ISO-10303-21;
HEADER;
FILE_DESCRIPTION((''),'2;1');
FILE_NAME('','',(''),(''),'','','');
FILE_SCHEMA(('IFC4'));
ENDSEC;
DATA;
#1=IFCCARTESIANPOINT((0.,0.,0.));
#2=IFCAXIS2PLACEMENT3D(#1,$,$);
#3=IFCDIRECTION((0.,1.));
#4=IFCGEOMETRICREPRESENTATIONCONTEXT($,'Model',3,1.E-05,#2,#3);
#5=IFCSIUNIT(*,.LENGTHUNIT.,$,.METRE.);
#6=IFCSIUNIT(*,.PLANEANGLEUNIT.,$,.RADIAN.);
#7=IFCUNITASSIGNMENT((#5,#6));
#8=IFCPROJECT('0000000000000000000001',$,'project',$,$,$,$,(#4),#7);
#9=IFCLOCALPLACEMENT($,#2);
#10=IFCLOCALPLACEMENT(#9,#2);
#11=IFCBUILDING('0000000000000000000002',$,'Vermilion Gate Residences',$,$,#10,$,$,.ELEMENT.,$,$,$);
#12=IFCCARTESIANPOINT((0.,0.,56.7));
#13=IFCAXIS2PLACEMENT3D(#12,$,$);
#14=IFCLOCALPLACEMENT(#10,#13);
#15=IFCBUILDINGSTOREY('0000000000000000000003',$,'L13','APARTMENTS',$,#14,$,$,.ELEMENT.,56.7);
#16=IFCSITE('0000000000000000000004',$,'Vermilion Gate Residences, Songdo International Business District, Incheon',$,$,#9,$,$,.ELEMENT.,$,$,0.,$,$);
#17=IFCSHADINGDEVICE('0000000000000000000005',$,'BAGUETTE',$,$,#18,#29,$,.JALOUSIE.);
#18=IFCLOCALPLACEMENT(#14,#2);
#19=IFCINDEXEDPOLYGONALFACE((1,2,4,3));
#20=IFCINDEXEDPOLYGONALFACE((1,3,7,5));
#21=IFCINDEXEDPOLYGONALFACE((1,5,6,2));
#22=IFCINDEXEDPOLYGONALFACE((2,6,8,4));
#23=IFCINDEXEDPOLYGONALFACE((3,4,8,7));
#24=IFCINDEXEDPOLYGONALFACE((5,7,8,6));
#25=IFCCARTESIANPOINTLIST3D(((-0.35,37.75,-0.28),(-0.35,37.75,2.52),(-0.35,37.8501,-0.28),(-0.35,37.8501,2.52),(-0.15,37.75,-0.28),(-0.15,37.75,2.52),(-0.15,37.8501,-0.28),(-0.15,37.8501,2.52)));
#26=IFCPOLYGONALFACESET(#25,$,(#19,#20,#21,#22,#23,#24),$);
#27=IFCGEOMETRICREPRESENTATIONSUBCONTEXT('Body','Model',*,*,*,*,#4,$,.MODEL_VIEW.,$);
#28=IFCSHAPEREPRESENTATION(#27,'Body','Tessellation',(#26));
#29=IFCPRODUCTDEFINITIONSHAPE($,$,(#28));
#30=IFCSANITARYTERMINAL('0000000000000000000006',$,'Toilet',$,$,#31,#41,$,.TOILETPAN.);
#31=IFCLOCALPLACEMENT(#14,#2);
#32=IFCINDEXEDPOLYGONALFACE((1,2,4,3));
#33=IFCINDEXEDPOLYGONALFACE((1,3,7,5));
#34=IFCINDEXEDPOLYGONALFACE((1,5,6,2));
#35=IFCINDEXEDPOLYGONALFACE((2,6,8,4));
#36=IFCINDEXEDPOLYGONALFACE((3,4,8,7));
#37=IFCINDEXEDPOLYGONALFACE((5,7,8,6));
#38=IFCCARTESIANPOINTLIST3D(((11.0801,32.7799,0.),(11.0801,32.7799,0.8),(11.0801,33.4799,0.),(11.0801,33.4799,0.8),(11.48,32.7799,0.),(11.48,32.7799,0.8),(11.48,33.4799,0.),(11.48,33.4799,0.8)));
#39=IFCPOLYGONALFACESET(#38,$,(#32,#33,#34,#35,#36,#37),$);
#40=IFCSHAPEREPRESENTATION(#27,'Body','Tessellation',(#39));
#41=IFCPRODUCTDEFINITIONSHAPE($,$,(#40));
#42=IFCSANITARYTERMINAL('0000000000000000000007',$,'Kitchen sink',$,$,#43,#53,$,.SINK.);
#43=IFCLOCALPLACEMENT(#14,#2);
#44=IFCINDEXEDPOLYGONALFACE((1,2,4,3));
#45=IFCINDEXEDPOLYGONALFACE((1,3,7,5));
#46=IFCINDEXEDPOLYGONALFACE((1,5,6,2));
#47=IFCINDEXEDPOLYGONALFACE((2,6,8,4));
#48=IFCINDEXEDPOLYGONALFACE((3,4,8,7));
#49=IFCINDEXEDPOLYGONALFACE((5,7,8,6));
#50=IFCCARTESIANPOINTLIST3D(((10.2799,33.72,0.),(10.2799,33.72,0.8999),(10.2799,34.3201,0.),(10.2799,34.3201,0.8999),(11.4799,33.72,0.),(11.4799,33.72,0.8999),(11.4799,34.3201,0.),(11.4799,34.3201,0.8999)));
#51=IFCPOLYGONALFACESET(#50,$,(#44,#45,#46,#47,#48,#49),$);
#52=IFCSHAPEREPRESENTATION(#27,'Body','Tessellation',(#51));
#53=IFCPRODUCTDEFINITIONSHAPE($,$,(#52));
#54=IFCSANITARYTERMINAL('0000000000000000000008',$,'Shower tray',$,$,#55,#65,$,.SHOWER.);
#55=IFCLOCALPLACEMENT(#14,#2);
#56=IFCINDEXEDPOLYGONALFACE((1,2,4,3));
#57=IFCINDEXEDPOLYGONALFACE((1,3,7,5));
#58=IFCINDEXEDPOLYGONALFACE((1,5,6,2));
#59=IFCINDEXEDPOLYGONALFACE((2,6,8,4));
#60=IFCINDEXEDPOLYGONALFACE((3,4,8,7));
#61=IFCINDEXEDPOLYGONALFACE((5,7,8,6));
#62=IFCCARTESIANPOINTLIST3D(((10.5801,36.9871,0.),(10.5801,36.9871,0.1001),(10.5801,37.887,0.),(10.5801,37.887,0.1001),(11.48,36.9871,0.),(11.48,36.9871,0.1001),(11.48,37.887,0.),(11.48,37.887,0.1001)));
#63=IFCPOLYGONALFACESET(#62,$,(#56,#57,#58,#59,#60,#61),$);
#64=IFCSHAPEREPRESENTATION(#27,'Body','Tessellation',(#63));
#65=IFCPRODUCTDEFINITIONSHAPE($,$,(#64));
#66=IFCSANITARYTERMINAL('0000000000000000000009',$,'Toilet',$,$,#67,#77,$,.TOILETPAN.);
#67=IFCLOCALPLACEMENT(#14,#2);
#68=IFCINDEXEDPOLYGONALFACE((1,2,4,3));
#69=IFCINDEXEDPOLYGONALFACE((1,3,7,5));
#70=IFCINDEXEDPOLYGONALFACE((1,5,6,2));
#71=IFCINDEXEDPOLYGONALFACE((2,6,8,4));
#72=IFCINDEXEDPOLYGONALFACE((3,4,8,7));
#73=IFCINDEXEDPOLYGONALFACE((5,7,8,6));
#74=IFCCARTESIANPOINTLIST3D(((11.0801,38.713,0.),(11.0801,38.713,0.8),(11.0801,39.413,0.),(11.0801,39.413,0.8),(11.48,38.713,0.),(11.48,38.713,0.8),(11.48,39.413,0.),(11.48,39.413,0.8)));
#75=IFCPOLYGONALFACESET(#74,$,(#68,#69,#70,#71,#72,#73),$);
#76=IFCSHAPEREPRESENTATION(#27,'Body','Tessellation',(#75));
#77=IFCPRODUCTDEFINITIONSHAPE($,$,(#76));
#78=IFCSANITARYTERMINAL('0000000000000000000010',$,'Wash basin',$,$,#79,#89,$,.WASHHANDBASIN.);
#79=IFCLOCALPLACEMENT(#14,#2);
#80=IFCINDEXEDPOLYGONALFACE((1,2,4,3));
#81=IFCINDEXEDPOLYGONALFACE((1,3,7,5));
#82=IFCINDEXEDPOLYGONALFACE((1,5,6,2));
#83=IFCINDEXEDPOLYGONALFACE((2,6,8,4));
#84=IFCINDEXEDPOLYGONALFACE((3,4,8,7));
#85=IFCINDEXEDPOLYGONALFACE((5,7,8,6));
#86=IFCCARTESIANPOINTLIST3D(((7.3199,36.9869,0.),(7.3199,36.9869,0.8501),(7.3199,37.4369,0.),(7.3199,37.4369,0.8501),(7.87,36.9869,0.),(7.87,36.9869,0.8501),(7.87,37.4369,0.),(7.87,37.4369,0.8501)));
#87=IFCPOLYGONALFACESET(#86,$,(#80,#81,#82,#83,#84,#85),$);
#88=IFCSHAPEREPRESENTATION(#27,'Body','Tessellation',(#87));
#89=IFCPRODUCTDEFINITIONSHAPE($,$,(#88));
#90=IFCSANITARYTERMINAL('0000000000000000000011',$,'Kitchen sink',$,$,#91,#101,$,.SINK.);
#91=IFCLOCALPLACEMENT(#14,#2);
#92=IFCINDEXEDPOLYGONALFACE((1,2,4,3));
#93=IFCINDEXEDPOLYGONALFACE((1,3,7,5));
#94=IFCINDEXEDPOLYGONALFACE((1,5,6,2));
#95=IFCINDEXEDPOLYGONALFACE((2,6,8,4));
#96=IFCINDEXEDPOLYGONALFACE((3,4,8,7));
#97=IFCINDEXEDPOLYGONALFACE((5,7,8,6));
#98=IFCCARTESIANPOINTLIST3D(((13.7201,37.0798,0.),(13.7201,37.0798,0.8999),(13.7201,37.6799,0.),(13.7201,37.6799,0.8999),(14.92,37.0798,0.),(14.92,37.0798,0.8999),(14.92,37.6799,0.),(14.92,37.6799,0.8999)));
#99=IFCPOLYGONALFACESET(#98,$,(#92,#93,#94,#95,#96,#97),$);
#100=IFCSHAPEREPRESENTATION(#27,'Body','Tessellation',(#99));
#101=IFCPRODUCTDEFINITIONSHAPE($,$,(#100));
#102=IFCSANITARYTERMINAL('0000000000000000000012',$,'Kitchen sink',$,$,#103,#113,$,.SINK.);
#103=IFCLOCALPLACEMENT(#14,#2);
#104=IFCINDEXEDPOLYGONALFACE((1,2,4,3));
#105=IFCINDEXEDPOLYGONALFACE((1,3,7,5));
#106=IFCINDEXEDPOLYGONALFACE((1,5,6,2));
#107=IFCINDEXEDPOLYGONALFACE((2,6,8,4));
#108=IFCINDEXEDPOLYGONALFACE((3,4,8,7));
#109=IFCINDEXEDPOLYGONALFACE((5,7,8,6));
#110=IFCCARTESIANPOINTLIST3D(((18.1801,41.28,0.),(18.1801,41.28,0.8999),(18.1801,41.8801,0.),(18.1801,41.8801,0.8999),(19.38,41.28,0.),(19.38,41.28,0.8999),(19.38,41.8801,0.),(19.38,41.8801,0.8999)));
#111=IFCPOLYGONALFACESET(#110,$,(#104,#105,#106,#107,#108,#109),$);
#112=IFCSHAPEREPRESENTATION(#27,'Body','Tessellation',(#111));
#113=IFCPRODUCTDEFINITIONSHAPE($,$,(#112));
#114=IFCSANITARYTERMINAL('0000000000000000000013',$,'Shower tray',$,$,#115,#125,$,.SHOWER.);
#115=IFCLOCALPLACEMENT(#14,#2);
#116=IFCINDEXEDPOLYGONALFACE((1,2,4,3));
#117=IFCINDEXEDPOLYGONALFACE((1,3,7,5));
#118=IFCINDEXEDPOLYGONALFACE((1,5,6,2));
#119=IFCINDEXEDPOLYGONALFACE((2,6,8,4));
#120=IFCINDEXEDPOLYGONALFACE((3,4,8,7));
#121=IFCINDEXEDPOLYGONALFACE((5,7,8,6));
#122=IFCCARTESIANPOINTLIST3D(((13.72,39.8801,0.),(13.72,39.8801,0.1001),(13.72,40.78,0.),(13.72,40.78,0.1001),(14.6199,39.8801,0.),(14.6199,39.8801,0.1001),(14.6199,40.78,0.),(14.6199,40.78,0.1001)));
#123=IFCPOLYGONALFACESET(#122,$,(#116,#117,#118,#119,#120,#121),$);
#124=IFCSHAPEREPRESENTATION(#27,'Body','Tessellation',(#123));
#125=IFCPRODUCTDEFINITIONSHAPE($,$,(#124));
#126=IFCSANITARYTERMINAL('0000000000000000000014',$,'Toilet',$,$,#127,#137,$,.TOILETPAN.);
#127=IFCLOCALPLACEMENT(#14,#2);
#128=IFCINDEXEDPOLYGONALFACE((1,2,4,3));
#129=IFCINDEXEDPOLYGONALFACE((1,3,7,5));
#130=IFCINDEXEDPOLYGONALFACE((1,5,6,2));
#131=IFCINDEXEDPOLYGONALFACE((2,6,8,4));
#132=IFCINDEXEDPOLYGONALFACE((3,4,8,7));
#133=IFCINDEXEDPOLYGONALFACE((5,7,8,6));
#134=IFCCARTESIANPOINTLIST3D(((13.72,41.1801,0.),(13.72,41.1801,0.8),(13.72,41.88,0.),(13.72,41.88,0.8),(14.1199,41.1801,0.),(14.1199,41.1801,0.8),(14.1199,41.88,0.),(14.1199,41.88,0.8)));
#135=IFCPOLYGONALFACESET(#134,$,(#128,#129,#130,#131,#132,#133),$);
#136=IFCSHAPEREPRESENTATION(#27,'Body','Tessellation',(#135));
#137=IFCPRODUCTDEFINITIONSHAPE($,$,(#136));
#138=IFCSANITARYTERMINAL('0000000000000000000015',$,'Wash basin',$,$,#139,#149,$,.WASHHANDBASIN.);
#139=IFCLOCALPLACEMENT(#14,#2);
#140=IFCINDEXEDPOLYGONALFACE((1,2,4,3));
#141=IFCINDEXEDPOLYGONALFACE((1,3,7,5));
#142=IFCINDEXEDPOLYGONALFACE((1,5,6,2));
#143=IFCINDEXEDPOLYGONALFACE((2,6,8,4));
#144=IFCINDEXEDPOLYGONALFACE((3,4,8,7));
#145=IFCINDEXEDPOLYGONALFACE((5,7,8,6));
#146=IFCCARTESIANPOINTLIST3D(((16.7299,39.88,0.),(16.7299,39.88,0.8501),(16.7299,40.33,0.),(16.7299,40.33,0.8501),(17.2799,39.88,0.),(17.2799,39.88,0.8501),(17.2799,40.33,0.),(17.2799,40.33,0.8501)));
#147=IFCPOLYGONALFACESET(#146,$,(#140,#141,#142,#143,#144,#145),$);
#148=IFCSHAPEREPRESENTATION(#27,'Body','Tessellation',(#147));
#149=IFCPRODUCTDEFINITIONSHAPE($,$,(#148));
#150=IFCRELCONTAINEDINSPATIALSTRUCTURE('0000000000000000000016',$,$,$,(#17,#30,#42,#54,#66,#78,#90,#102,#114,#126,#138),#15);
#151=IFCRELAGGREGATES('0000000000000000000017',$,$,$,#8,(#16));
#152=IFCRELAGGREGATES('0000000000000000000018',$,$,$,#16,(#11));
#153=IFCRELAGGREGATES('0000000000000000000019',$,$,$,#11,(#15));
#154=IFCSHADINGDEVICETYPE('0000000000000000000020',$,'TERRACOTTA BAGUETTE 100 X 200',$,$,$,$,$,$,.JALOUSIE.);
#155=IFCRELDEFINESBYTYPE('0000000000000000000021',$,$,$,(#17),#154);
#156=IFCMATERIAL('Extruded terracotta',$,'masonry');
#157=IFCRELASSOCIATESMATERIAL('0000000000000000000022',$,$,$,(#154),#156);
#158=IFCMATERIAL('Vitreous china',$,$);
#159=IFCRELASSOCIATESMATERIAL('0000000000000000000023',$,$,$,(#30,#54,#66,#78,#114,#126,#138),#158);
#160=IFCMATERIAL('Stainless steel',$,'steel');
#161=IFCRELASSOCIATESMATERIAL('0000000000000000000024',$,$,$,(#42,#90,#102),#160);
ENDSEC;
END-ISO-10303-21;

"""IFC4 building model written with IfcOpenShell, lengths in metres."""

from ifc_helpers import new_model, si_unit, direction, frame, origin, origin_2d, place, context, subcontext, project, spatial, rectangle, extrude, material, material_profile, profile_set, type_object, element, save


model = new_model("IFC4")

# Units and contexts
model_context = context("Model", 3, precision=1e-05, world=origin(), true_north=direction((0.0, 1.0)))
body_context = subcontext(model_context, "Body", "Model", "MODEL_VIEW")
ifc_project = project(units=[si_unit("LENGTHUNIT", "METRE"), si_unit("PLANEANGLEUNIT", "RADIAN")], contexts=[model_context])

# Site, building, storey
site_placement = place(None, origin())
site = spatial("IfcSite", under=ifc_project, at=site_placement, Name="Vermilion Gate Residences, Songdo International Business District, Incheon", CompositionType="ELEMENT", RefElevation=0.0)
building_placement = place(site_placement, origin())
building = spatial("IfcBuilding", under=site, at=building_placement, Name="Vermilion Gate Residences", CompositionType="ELEMENT")
storey_placement = place(building_placement, frame((0.0, 0.0, 56.7)))
storey = spatial("IfcBuildingStorey", under=building, at=storey_placement, Name="L13", Description="APARTMENTS", CompositionType="ELEMENT", Elevation=56.7)

# Shading device
ifc_material_1 = material(Name="Extruded terracotta", Category="masonry")
ifc_material_profile_1 = material_profile(ifc_material_1, rectangle(XDim=0.2, YDim=0.1001, at=origin_2d()), Name="BAGUETTE 100 X 200")
ifc_profile_set_1 = profile_set([ifc_material_profile_1], Name="Extruded terracotta")
shading_device_type_1 = type_object("IfcShadingDeviceType", Name="TERRACOTTA BAGUETTE 100 X 200", PredefinedType="JALOUSIE", material=ifc_profile_set_1)
shading_device_1_placement = place(storey_placement, frame((-0.25, 37.8, -0.28), z_axis=(0.0, 0.0, 1.0), x_axis=(1.0, 0.0, 0.0)))
element("IfcShadingDevice", 1, at=shading_device_1_placement, inside=storey, type_object=shading_device_type_1, Name="BAGUETTE", PredefinedType="JALOUSIE", context=body_context, shape_type="SweptSolid", body=[
    extrude(rectangle(XDim=0.2, YDim=0.1001, at=origin_2d()), origin(), (0.0, 0.0, 1.0), 2.8),
])

# Sanitary terminals
ifc_material_2 = material(Name="Vitreous china")
sanitary_terminal_1_placement = place(storey_placement, frame((11.28, 33.1299, 0.0), z_axis=(0.0, 0.0, 1.0), x_axis=(1.0, 0.0, 0.0)))
element("IfcSanitaryTerminal", 2, at=sanitary_terminal_1_placement, inside=storey, material=ifc_material_2, Name="Toilet", PredefinedType="TOILETPAN", context=body_context, shape_type="SweptSolid", body=[
    extrude(rectangle(XDim=0.3999, YDim=0.7, at=origin_2d()), origin(), (0.0, 0.0, 1.0), 0.8),
])
ifc_material_3 = material(Name="Stainless steel", Category="steel")
sanitary_terminal_2_placement = place(storey_placement, frame((10.8799, 34.02, 0.0), z_axis=(0.0, 0.0, 1.0), x_axis=(1.0, 0.0, 0.0)))
element("IfcSanitaryTerminal", 3, at=sanitary_terminal_2_placement, inside=storey, material=ifc_material_3, Name="Kitchen sink", PredefinedType="SINK", context=body_context, shape_type="SweptSolid", body=[
    extrude(rectangle(XDim=1.2, YDim=0.6001, at=origin_2d()), origin(), (0.0, 0.0, 1.0), 0.8999),
])
sanitary_terminal_3_placement = place(storey_placement, frame((11.03, 37.437, 0.0), z_axis=(0.0, 0.0, 1.0), x_axis=(1.0, 0.0, 0.0)))
element("IfcSanitaryTerminal", 4, at=sanitary_terminal_3_placement, inside=storey, material=ifc_material_2, Name="Shower tray", PredefinedType="SHOWER", context=body_context, shape_type="SweptSolid", body=[
    extrude(rectangle(XDim=0.8999, YDim=0.8999, at=origin_2d()), origin(), (0.0, 0.0, 1.0), 0.1001),
])
sanitary_terminal_4_placement = place(storey_placement, frame((11.28, 39.063, 0.0), z_axis=(0.0, 0.0, 1.0), x_axis=(1.0, 0.0, 0.0)))
element("IfcSanitaryTerminal", 5, at=sanitary_terminal_4_placement, inside=storey, material=ifc_material_2, Name="Toilet", PredefinedType="TOILETPAN", context=body_context, shape_type="SweptSolid", body=[
    extrude(rectangle(XDim=0.3999, YDim=0.7, at=origin_2d()), origin(), (0.0, 0.0, 1.0), 0.8),
])
sanitary_terminal_5_placement = place(storey_placement, frame((7.595, 37.2119, 0.0), z_axis=(0.0, 0.0, 1.0), x_axis=(1.0, 0.0, 0.0)))
element("IfcSanitaryTerminal", 6, at=sanitary_terminal_5_placement, inside=storey, material=ifc_material_2, Name="Wash basin", PredefinedType="WASHHANDBASIN", context=body_context, shape_type="SweptSolid", body=[
    extrude(rectangle(XDim=0.55, YDim=0.45, at=origin_2d()), origin(), (0.0, 0.0, 1.0), 0.8501),
])
for number, where, z_axis, x_axis, name in (
    (7, (14.3201, 37.3799, 0.0), (0.0, 0.0, 1.0), (1.0, 0.0, 0.0), "Kitchen sink"),
    (8, (18.78, 41.5801, 0.0), (0.0, 0.0, 1.0), (1.0, 0.0, 0.0), "Kitchen sink"),
):
    element("IfcSanitaryTerminal", number, at=place(storey_placement, frame(where, z_axis=z_axis, x_axis=x_axis)), inside=storey, material=ifc_material_3, Name=name, PredefinedType="SINK", context=body_context, shape_type="SweptSolid", body=[
        extrude(rectangle(XDim=1.2, YDim=0.6001, at=origin_2d()), origin(), (0.0, 0.0, 1.0), 0.8999),
    ])
sanitary_terminal_6_placement = place(storey_placement, frame((14.1699, 40.3301, 0.0), z_axis=(0.0, 0.0, 1.0), x_axis=(1.0, 0.0, 0.0)))
element("IfcSanitaryTerminal", 9, at=sanitary_terminal_6_placement, inside=storey, material=ifc_material_2, Name="Shower tray", PredefinedType="SHOWER", context=body_context, shape_type="SweptSolid", body=[
    extrude(rectangle(XDim=0.8999, YDim=0.8999, at=origin_2d()), origin(), (0.0, 0.0, 1.0), 0.1001),
])
sanitary_terminal_7_placement = place(storey_placement, frame((13.9199, 41.53, 0.0), z_axis=(0.0, 0.0, 1.0), x_axis=(1.0, 0.0, 0.0)))
element("IfcSanitaryTerminal", 10, at=sanitary_terminal_7_placement, inside=storey, material=ifc_material_2, Name="Toilet", PredefinedType="TOILETPAN", context=body_context, shape_type="SweptSolid", body=[
    extrude(rectangle(XDim=0.3999, YDim=0.7, at=origin_2d()), origin(), (0.0, 0.0, 1.0), 0.8),
])
sanitary_terminal_8_placement = place(storey_placement, frame((17.0049, 40.105, 0.0), z_axis=(0.0, 0.0, 1.0), x_axis=(1.0, 0.0, 0.0)))
element("IfcSanitaryTerminal", 11, at=sanitary_terminal_8_placement, inside=storey, material=ifc_material_2, Name="Wash basin", PredefinedType="WASHHANDBASIN", context=body_context, shape_type="SweptSolid", body=[
    extrude(rectangle(XDim=0.55, YDim=0.45, at=origin_2d()), origin(), (0.0, 0.0, 1.0), 0.8501),
])

save(model, "model.ifc")
